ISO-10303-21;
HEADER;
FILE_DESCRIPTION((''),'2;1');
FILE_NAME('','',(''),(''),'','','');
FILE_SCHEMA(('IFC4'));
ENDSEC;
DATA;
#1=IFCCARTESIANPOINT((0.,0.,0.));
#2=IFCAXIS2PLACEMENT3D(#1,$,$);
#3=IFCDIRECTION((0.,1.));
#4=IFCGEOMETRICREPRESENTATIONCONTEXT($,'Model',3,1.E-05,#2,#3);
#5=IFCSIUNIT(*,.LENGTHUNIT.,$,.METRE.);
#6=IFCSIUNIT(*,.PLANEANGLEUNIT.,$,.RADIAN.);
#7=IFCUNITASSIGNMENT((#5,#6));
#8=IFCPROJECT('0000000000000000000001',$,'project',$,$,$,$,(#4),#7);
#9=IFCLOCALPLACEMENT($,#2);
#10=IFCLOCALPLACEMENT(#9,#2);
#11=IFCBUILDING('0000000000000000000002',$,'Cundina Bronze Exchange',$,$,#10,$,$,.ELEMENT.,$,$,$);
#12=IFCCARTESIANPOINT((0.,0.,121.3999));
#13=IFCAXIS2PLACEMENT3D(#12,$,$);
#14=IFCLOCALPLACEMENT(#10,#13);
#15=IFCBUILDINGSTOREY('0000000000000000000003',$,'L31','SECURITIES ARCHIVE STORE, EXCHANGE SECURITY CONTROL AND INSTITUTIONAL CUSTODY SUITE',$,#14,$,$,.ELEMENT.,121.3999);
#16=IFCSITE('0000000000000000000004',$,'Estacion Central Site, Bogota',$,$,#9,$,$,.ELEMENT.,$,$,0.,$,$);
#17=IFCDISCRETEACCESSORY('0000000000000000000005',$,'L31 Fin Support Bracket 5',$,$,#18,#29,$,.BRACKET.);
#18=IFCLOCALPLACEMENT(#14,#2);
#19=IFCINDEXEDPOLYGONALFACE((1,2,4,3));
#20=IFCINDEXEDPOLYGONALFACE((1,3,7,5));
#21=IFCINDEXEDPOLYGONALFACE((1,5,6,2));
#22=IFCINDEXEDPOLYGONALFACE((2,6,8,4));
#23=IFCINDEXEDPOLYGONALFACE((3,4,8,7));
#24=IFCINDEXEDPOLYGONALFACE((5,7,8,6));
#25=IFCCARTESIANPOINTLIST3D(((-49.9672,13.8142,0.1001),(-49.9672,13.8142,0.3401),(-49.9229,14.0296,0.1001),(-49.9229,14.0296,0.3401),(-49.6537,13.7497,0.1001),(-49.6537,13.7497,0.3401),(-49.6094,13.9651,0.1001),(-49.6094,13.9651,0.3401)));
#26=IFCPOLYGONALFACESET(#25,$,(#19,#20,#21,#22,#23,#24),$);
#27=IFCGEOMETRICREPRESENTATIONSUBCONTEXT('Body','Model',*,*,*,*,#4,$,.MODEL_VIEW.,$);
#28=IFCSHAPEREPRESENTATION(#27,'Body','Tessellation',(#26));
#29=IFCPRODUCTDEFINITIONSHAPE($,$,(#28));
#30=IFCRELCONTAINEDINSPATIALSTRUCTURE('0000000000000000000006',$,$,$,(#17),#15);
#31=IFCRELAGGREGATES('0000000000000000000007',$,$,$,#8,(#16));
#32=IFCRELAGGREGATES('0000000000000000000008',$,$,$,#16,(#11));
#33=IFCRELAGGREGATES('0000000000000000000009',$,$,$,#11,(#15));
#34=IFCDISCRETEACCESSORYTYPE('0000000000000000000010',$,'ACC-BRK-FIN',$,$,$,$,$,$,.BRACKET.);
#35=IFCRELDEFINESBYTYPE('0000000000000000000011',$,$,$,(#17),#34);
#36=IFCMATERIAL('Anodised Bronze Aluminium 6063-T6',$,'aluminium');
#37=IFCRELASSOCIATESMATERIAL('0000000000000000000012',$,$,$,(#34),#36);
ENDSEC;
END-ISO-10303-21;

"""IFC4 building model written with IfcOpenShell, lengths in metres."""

from ifc_helpers import new_model, si_unit, direction, frame, origin, origin_2d, place, context, subcontext, project, spatial, rectangle, extrude, material, type_object, element, save


model = new_model("IFC4")

# Units and contexts
model_context = context("Model", 3, precision=1e-05, world=origin(), true_north=direction((0.0, 1.0)))
body_context = subcontext(model_context, "Body", "Model", "MODEL_VIEW")
ifc_project = project(units=[si_unit("LENGTHUNIT", "METRE"), si_unit("PLANEANGLEUNIT", "RADIAN")], contexts=[model_context])

# Site, building, storey
site_placement = place(None, origin())
site = spatial("IfcSite", under=ifc_project, at=site_placement, Name="Estacion Central Site, Bogota", CompositionType="ELEMENT", RefElevation=0.0)
building_placement = place(site_placement, origin())
building = spatial("IfcBuilding", under=site, at=building_placement, Name="Cundina Bronze Exchange", CompositionType="ELEMENT")
storey_placement = place(building_placement, frame((0.0, 0.0, 121.3999)))
storey = spatial("IfcBuildingStorey", under=building, at=storey_placement, Name="L31", Description="SECURITIES ARCHIVE STORE, EXCHANGE SECURITY CONTROL AND INSTITUTIONAL CUSTODY SUITE", CompositionType="ELEMENT", Elevation=121.3999)

# Shared definitions
ifc_material_1 = material(Name="Anodised Bronze Aluminium 6063-T6", Category="aluminium")

# Discrete accessory
discrete_accessory_type = type_object("IfcDiscreteAccessoryType", Name="ACC-BRK-FIN", PredefinedType="BRACKET", material=ifc_material_1)
discrete_accessory_placement = place(storey_placement, frame((-49.7883, 13.8896, 0.1001), z_axis=(0.0, 0.0, 1.0), x_axis=(-0.20142, -0.979505, 0.0)))
element("IfcDiscreteAccessory", 1, at=discrete_accessory_placement, inside=storey, type_object=discrete_accessory_type, Name="L31 Fin Support Bracket 5", PredefinedType="BRACKET", context=body_context, shape_type="SweptSolid", body=[
    extrude(rectangle(XDim=0.22, YDim=0.3201, at=origin_2d()), origin(), (0.0, 0.0, 1.0), 0.24),
])

save(model, "model.ifc")
